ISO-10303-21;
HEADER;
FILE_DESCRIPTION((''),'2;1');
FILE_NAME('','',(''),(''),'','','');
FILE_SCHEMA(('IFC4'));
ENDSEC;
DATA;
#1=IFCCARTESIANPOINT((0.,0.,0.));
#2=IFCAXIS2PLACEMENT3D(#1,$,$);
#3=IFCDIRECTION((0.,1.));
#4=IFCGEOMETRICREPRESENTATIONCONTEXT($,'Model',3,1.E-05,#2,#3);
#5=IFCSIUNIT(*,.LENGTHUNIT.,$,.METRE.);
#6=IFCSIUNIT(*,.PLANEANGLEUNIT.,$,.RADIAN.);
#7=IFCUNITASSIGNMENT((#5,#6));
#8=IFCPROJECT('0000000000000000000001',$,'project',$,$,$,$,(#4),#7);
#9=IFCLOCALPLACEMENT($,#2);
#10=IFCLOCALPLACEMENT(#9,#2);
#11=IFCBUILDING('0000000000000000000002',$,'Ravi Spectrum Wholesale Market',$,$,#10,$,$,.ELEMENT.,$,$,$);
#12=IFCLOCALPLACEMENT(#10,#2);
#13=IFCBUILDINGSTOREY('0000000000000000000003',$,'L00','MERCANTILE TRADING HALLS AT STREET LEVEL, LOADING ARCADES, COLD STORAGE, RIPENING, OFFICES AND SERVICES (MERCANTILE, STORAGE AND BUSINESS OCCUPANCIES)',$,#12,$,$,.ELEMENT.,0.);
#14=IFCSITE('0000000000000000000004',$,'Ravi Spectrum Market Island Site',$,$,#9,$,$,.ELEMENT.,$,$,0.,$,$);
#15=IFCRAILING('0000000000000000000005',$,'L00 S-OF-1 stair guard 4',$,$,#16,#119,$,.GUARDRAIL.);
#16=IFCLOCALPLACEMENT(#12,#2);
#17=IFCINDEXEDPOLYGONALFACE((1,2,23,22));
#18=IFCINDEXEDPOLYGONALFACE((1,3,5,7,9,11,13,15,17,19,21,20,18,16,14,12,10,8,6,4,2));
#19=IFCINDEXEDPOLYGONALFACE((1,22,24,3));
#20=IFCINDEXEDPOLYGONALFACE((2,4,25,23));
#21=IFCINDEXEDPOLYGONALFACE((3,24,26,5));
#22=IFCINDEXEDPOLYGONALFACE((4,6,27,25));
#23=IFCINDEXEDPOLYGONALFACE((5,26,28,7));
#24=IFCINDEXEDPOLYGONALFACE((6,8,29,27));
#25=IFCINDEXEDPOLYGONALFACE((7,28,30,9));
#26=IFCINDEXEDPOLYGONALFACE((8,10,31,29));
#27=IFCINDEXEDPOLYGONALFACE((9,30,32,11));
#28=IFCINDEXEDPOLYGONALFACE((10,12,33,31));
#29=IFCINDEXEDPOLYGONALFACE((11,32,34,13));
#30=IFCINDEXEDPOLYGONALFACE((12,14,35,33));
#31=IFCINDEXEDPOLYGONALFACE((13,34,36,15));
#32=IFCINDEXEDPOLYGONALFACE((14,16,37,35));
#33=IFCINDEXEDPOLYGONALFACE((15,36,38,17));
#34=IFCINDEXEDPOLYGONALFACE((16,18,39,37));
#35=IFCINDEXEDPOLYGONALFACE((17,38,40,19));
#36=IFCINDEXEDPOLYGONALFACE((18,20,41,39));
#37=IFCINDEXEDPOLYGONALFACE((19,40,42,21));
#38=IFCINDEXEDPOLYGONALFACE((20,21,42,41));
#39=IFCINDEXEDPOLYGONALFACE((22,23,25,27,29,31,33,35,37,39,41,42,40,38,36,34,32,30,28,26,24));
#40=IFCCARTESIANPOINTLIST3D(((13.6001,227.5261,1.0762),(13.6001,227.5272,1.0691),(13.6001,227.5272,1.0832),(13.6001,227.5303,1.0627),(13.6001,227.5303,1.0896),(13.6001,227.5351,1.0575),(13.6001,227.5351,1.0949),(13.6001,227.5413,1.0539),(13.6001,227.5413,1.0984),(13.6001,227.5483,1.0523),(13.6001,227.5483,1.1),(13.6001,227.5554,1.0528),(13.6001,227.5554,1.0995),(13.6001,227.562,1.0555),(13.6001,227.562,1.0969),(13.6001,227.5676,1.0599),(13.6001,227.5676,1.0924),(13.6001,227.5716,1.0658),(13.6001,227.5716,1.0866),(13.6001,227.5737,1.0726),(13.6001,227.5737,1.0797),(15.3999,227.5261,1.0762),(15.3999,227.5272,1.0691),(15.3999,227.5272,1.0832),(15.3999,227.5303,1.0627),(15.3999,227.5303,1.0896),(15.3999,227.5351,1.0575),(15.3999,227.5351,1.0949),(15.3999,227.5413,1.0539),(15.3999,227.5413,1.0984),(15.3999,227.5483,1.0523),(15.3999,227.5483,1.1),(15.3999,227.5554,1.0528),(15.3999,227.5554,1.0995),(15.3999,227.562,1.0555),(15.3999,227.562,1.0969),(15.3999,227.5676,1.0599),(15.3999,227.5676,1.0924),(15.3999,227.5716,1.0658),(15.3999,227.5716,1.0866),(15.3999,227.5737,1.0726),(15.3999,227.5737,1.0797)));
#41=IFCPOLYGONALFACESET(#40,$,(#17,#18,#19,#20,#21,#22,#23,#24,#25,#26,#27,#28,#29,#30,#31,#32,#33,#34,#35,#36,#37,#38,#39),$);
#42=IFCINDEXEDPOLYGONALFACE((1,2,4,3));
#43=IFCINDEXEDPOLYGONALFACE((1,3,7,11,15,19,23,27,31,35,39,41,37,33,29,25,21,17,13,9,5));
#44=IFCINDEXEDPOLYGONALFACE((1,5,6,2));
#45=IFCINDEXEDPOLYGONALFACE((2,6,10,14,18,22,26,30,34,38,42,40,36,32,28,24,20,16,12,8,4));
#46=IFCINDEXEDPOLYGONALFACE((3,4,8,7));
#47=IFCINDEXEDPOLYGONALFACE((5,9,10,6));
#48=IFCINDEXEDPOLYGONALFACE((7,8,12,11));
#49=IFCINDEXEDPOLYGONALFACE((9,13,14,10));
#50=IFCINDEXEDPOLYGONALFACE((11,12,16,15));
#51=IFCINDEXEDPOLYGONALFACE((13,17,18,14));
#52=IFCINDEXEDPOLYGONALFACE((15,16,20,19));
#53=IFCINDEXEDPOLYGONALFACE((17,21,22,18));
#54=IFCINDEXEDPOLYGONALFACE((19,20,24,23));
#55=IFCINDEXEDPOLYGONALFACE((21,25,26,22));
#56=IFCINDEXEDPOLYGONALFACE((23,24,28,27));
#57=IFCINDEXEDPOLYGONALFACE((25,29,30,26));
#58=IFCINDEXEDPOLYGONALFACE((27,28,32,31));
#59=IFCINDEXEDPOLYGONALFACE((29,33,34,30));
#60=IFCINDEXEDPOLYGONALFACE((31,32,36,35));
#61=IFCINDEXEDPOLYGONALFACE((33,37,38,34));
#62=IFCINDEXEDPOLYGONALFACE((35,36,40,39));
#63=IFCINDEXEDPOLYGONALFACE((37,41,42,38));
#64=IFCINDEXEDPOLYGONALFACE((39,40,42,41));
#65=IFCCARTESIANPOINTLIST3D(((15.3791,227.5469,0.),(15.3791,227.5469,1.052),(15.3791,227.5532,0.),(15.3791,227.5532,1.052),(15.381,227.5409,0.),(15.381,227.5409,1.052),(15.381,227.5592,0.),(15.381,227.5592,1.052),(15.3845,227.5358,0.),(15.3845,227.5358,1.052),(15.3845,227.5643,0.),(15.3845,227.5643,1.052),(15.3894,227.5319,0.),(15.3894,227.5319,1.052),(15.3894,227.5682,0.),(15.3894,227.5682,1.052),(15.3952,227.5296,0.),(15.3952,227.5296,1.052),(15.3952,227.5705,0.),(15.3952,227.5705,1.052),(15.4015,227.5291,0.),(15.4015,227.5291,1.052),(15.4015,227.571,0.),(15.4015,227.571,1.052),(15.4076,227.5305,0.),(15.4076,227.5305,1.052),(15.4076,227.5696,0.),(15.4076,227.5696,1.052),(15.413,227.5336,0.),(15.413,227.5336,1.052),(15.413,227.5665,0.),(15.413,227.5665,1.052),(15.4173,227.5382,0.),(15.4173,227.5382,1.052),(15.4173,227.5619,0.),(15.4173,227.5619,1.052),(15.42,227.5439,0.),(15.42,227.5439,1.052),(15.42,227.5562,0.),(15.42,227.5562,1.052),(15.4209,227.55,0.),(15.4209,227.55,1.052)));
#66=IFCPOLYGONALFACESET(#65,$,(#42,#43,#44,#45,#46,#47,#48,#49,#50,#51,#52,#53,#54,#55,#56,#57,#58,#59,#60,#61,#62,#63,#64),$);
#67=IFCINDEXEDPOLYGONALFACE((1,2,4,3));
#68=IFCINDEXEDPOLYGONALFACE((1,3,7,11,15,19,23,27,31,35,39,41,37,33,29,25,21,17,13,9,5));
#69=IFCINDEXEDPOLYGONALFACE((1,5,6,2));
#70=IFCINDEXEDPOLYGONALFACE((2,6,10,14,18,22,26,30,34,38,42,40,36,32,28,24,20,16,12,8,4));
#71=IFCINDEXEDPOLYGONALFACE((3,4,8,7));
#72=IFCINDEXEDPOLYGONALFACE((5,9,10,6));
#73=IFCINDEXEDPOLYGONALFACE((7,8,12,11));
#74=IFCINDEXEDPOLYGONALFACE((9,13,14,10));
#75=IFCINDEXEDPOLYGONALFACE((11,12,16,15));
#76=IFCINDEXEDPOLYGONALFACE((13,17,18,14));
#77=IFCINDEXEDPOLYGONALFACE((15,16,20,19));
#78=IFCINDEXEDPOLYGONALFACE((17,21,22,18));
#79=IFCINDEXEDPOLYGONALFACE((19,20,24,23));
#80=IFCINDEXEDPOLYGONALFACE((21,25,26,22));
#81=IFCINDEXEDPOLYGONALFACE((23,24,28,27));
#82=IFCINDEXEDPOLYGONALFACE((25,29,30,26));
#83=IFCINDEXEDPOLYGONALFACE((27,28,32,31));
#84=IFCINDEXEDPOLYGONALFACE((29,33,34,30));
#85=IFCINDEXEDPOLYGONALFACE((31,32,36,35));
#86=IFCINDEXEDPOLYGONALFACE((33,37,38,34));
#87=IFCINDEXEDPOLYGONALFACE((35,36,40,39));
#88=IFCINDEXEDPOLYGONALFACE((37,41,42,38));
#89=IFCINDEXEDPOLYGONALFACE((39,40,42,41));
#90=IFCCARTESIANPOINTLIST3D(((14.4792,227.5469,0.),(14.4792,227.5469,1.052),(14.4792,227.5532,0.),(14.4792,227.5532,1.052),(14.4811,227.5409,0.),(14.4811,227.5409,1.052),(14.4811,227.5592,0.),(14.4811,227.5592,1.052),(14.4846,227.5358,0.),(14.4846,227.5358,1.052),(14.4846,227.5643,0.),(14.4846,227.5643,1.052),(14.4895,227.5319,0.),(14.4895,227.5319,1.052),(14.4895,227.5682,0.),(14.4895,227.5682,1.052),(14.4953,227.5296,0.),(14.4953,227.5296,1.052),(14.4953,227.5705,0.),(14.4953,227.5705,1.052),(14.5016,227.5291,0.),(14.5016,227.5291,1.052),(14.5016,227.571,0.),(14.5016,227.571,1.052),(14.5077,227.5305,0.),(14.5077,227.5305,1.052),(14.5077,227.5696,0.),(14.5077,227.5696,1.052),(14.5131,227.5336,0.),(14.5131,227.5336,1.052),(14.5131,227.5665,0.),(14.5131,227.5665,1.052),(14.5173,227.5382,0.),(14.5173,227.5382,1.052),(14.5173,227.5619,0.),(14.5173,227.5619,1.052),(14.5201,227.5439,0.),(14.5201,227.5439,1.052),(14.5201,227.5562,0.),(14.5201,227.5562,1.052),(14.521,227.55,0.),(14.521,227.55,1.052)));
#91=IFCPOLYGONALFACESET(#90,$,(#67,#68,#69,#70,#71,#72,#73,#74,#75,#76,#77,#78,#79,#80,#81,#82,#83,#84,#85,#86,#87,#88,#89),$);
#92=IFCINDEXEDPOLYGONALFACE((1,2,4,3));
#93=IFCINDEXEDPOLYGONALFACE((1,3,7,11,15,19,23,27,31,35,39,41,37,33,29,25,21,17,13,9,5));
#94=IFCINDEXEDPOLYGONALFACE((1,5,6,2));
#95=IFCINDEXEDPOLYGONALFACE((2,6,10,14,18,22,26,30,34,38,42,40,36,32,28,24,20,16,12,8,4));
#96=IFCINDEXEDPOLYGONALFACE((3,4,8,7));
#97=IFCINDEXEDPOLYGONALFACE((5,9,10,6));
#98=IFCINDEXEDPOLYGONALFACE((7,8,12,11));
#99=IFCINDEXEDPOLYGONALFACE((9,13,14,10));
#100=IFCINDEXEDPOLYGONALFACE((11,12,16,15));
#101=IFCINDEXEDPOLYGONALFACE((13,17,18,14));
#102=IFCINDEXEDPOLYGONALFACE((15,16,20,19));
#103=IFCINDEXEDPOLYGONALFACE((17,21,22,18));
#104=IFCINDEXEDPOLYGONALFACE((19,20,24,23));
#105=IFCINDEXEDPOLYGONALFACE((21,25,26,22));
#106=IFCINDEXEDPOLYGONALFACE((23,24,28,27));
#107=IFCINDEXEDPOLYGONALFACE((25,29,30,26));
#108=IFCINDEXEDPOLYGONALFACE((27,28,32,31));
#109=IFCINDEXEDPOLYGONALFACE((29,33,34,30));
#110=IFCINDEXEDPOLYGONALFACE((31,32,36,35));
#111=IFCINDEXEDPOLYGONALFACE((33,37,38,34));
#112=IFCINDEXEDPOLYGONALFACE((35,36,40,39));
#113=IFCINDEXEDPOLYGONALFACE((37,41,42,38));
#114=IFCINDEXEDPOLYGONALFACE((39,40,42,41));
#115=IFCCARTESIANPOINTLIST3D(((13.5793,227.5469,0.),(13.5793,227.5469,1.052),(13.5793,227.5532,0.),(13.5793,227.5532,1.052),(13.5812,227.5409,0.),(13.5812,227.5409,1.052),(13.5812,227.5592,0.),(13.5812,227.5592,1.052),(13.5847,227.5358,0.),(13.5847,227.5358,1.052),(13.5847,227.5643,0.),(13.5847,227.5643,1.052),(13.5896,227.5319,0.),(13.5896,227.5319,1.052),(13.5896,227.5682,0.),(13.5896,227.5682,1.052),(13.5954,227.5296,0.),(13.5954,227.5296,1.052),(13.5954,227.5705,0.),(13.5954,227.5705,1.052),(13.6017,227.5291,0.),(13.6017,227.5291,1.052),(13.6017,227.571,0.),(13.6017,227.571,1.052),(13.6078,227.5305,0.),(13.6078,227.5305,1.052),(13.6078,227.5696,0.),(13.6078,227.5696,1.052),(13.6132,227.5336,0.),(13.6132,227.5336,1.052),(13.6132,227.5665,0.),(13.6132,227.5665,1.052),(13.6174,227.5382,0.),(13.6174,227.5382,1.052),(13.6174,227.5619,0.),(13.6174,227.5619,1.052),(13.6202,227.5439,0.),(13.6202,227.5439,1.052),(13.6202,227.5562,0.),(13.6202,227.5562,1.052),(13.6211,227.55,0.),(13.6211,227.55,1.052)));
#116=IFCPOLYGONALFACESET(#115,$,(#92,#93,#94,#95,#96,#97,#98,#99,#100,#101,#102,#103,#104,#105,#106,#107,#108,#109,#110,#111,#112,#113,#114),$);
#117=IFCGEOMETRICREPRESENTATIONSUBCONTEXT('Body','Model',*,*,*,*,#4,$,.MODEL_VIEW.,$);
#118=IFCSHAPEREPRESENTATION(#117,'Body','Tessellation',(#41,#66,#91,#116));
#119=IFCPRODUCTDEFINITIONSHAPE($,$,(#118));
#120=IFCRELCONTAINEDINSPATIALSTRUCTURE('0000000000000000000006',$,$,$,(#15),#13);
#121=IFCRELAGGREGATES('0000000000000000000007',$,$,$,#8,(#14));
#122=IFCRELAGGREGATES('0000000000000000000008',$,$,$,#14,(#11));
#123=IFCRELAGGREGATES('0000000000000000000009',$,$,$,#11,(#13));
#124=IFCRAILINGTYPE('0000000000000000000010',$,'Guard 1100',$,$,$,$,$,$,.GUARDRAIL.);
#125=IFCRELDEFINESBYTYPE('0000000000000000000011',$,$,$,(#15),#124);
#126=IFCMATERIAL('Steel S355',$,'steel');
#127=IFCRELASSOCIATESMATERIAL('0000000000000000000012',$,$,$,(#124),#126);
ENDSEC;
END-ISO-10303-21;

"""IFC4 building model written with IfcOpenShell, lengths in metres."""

from ifc_helpers import new_model, si_unit, direction, frame, origin, origin_2d, place, context, subcontext, project, spatial, circle, extrude, material, type_object, element, save


model = new_model("IFC4")

# Units and contexts
model_context = context("Model", 3, precision=1e-05, world=origin(), true_north=direction((0.0, 1.0)))
body_context = subcontext(model_context, "Body", "Model", "MODEL_VIEW")
ifc_project = project(units=[si_unit("LENGTHUNIT", "METRE"), si_unit("PLANEANGLEUNIT", "RADIAN")], contexts=[model_context])

# Site, building, storey
site_placement = place(None, origin())
site = spatial("IfcSite", under=ifc_project, at=site_placement, Name="Ravi Spectrum Market Island Site", CompositionType="ELEMENT", RefElevation=0.0)
building_placement = place(site_placement, origin())
building = spatial("IfcBuilding", under=site, at=building_placement, Name="Ravi Spectrum Wholesale Market", CompositionType="ELEMENT")
storey_placement = place(building_placement, origin())
storey = spatial("IfcBuildingStorey", under=building, at=storey_placement, Name="L00", Description="MERCANTILE TRADING HALLS AT STREET LEVEL, LOADING ARCADES, COLD STORAGE, RIPENING, OFFICES AND SERVICES (MERCANTILE, STORAGE AND BUSINESS OCCUPANCIES)", CompositionType="ELEMENT", Elevation=0.0)

# Railing
ifc_material_1 = material(Name="Steel S355", Category="steel")
railing_type_1 = type_object("IfcRailingType", Name="Guard 1100", PredefinedType="GUARDRAIL", material=ifc_material_1)
railing_1_placement = place(storey_placement, frame((15.3999, 227.55, 0.0)))
element("IfcRailing", 1, at=railing_1_placement, inside=storey, type_object=railing_type_1, Name="L00 S-OF-1 stair guard 4", PredefinedType="GUARDRAIL", context=body_context, shape_type="SweptSolid", body=[
    extrude(circle(Radius=0.0239, at=origin_2d()), frame((0.0, 0.0, 1.0762), z_axis=(-1.0, 0.0, 0.0), x_axis=(0.0, -1.0, 0.0)), (0.0, 0.0, 1.0), 1.7998),
    extrude(circle(Radius=0.021, at=origin_2d()), origin(), (0.0, 0.0, 1.0), 1.052),
    extrude(circle(Radius=0.021, at=origin_2d()), frame((-0.8999, 0.0, 0.0)), (0.0, 0.0, 1.0), 1.052),
    extrude(circle(Radius=0.021, at=origin_2d()), frame((-1.7998, 0.0, 0.0)), (0.0, 0.0, 1.0), 1.052),
])

save(model, "model.ifc")
